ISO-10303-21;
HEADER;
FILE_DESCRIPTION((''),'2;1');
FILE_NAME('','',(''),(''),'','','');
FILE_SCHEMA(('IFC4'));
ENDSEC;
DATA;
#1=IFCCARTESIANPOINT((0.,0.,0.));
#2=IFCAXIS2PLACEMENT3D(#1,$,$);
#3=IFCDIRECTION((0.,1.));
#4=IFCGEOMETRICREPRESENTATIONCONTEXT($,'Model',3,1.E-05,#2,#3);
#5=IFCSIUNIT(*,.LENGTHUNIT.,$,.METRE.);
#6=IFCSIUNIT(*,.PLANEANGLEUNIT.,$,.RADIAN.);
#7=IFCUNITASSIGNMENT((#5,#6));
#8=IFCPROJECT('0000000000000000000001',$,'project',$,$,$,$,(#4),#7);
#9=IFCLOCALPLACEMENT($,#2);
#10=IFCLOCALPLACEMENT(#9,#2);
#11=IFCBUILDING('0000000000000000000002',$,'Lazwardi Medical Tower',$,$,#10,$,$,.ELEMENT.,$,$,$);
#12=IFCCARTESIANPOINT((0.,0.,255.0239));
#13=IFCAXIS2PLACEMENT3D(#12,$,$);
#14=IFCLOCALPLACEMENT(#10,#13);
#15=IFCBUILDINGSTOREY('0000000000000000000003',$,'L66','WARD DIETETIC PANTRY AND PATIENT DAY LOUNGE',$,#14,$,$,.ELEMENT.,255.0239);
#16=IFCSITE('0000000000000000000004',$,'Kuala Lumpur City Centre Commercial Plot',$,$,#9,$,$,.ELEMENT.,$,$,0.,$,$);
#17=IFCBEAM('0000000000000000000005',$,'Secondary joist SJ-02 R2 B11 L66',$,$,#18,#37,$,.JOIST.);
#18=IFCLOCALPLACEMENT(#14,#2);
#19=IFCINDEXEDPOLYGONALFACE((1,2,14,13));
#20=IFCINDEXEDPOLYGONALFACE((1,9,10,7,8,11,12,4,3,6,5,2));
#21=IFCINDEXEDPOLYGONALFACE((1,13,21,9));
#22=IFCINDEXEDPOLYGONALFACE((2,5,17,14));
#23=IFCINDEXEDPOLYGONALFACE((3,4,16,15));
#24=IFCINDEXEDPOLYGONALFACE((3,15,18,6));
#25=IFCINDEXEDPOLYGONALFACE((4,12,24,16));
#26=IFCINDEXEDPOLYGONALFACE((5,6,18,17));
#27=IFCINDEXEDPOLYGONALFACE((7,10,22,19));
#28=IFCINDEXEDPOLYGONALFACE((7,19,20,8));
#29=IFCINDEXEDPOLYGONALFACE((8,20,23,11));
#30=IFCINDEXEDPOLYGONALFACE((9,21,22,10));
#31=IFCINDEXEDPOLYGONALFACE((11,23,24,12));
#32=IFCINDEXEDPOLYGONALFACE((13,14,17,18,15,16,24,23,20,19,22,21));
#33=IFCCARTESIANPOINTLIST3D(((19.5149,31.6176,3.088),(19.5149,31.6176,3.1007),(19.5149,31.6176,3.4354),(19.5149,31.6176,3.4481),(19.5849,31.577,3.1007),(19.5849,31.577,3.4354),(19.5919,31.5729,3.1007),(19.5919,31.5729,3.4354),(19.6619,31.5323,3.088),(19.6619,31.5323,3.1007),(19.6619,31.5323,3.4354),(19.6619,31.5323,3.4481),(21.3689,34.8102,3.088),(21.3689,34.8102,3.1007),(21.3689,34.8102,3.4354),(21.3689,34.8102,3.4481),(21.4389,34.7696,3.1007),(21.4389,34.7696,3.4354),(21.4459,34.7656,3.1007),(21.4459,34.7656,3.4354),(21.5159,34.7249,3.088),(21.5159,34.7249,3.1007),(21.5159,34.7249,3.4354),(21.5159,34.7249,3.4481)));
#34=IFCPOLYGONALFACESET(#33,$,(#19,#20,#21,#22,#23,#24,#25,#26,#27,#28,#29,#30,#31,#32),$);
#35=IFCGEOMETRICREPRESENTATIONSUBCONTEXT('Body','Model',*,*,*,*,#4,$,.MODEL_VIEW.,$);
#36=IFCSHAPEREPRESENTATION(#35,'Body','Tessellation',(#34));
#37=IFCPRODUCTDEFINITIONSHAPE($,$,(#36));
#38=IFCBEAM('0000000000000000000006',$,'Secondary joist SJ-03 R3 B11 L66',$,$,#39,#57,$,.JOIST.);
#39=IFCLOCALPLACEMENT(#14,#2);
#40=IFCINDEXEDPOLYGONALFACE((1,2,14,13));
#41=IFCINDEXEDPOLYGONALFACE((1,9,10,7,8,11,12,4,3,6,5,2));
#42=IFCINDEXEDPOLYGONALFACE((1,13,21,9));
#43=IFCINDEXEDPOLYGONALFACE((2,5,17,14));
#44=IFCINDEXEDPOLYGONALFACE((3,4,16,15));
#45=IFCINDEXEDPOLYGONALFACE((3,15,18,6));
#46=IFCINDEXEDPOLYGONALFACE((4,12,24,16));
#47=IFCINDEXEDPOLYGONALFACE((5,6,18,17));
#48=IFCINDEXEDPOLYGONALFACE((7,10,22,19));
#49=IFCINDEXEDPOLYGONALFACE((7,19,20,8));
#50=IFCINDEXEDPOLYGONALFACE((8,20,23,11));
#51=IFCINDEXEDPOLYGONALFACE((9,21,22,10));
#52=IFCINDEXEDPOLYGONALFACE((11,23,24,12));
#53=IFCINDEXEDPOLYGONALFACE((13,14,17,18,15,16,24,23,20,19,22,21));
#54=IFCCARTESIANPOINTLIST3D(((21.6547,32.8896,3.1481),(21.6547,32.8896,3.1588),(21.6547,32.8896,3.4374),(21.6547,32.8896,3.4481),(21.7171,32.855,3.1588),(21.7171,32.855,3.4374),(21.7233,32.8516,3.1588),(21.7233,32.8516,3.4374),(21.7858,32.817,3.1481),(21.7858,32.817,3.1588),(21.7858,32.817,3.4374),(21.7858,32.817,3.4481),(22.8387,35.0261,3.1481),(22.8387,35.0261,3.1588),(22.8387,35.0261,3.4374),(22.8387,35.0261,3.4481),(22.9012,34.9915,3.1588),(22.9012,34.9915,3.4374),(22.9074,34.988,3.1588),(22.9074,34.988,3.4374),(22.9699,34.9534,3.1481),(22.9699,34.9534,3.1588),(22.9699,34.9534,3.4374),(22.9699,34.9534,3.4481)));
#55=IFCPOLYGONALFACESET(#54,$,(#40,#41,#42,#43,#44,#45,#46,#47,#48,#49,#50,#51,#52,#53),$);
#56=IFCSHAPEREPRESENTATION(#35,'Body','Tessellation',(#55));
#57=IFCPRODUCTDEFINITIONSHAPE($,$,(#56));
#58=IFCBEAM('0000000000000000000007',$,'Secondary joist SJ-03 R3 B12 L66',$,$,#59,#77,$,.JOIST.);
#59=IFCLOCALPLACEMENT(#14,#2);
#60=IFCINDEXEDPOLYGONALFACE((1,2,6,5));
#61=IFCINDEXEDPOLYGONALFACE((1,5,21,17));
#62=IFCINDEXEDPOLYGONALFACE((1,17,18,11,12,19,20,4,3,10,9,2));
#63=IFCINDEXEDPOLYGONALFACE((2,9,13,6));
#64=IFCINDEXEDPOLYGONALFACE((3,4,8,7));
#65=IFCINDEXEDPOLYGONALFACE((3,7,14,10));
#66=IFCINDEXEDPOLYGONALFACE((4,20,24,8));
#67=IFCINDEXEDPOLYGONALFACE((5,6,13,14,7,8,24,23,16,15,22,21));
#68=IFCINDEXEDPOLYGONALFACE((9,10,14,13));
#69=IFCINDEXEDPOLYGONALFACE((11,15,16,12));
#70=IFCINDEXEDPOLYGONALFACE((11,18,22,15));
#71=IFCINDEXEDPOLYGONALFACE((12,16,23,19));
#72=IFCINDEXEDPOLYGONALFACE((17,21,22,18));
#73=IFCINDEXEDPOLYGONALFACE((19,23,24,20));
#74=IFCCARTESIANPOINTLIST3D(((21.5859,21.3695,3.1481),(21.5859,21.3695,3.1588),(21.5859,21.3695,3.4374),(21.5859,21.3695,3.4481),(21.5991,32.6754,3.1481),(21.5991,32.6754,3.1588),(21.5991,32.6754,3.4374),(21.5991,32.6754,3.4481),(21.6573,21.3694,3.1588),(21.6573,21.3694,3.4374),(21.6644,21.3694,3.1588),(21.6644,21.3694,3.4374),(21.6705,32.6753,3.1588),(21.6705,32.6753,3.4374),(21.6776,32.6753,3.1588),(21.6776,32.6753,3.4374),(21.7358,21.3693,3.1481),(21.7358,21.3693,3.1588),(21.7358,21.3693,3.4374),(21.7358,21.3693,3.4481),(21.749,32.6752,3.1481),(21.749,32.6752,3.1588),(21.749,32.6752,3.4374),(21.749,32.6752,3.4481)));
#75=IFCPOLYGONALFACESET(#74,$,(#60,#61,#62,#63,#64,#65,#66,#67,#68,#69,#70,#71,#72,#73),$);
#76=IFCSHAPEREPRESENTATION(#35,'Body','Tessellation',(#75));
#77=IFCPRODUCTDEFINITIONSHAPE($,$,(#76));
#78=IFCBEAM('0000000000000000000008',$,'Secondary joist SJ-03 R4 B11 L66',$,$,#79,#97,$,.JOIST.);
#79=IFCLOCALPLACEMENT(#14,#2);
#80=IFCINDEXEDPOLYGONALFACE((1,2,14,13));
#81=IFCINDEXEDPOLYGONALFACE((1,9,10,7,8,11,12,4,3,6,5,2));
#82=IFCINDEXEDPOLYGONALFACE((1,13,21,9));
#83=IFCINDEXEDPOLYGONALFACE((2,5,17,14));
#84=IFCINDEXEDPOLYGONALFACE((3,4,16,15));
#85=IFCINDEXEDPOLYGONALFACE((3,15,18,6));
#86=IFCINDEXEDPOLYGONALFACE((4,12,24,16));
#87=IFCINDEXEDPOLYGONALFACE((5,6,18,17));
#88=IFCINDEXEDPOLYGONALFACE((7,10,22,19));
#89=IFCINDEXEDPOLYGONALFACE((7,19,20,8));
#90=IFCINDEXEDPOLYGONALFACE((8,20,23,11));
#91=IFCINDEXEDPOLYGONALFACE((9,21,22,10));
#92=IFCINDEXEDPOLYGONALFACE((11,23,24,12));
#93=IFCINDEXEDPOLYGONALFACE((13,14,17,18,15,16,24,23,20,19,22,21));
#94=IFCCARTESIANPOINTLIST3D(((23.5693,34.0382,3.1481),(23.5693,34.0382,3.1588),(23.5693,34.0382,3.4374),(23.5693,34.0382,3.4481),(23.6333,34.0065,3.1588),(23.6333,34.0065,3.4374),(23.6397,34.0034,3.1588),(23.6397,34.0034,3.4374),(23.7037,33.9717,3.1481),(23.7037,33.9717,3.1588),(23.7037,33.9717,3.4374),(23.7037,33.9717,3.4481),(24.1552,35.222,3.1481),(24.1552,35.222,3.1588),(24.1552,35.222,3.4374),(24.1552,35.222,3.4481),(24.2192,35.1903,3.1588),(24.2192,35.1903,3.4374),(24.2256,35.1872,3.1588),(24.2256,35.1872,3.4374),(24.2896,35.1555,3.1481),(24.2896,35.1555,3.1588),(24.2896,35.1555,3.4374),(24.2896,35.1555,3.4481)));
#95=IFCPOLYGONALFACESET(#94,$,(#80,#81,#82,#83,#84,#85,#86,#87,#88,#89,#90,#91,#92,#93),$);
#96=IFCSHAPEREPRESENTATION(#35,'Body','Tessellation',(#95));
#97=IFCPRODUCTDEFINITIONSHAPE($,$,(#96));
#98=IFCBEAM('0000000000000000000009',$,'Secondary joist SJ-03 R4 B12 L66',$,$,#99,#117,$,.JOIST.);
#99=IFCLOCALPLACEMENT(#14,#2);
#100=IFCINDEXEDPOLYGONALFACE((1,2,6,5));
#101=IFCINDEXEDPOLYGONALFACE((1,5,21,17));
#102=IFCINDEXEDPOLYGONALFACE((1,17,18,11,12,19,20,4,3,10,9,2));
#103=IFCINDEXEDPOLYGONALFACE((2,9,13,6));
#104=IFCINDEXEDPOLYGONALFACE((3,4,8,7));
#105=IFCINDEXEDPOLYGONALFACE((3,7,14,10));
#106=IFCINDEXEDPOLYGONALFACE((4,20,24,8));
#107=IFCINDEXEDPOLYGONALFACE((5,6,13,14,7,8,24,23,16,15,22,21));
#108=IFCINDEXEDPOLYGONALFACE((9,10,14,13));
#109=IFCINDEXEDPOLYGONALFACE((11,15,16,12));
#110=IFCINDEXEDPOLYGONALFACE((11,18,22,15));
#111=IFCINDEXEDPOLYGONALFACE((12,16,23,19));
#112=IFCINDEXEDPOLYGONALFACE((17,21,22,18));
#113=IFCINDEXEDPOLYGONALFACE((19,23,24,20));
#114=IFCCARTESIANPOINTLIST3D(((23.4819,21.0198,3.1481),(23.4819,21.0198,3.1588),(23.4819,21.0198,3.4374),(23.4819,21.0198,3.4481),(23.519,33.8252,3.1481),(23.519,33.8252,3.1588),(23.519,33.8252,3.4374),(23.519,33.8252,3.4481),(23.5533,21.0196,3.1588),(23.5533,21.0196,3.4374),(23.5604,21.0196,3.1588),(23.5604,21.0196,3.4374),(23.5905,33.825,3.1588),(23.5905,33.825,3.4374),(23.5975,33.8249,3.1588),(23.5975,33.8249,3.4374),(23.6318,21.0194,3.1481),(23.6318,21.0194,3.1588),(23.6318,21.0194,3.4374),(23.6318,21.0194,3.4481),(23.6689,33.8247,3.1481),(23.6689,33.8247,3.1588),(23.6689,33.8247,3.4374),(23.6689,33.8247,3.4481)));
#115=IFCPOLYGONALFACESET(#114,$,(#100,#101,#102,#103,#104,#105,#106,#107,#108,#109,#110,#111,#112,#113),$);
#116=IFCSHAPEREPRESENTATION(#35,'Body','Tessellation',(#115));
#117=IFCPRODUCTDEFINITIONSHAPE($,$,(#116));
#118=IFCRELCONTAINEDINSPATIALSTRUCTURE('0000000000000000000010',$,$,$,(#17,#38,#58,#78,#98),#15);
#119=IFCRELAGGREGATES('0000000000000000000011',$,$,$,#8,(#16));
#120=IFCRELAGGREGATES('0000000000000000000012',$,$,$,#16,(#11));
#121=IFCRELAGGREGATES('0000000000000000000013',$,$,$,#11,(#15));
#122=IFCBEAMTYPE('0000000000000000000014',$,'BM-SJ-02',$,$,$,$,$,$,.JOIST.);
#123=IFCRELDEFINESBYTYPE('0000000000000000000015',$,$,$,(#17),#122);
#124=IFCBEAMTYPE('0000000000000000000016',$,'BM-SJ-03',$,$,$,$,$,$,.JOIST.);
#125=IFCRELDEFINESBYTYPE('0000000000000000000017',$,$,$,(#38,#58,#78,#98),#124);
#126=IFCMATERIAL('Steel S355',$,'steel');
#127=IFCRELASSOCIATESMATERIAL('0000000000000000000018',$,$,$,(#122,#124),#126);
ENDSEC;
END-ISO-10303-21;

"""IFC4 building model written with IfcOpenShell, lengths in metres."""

from ifc_helpers import new_model, si_unit, direction, frame, origin, origin_2d, place, context, subcontext, project, spatial, i_section, extrude, material, material_profile, profile_set, type_object, element, save


model = new_model("IFC4")

# Units and contexts
model_context = context("Model", 3, precision=1e-05, world=origin(), true_north=direction((0.0, 1.0)))
body_context = subcontext(model_context, "Body", "Model", "MODEL_VIEW")
ifc_project = project(units=[si_unit("LENGTHUNIT", "METRE"), si_unit("PLANEANGLEUNIT", "RADIAN")], contexts=[model_context])

# Site, building, storey
site_placement = place(None, origin())
site = spatial("IfcSite", under=ifc_project, at=site_placement, Name="Kuala Lumpur City Centre Commercial Plot", CompositionType="ELEMENT", RefElevation=0.0)
building_placement = place(site_placement, origin())
building = spatial("IfcBuilding", under=site, at=building_placement, Name="Lazwardi Medical Tower", CompositionType="ELEMENT")
storey_placement = place(building_placement, frame((0.0, 0.0, 255.0239)))
storey = spatial("IfcBuildingStorey", under=building, at=storey_placement, Name="L66", Description="WARD DIETETIC PANTRY AND PATIENT DAY LOUNGE", CompositionType="ELEMENT", Elevation=255.0239)

# Beams
ifc_material_1 = material(Name="Steel S355", Category="steel")
ifc_material_profile_1 = material_profile(ifc_material_1, i_section(OverallWidth=0.1699, OverallDepth=0.3601, WebThickness=0.0081, FlangeThickness=0.0127, at=origin_2d()), Name="IPE 360")
ifc_profile_set_1 = profile_set([ifc_material_profile_1], Name="Steel S355")
beam_type_1 = type_object("IfcBeamType", Name="BM-SJ-02", PredefinedType="JOIST", material=ifc_profile_set_1)
beam_1_placement = place(storey_placement, frame((21.4424, 34.7676, 3.2681), z_axis=(-0.50218, -0.864763, 0.0), x_axis=(0.864763, -0.50218, 0.0)))
element("IfcBeam", 1, at=beam_1_placement, inside=storey, type_object=beam_type_1, Name="Secondary joist SJ-02 R2 B11 L66", PredefinedType="JOIST", context=body_context, shape_type="SweptSolid", body=[
    extrude(i_section(OverallWidth=0.1699, OverallDepth=0.3601, WebThickness=0.0081, FlangeThickness=0.0127, at=origin_2d()), origin(), (0.0, 0.0, 1.0), 3.6919),
])
ifc_material_profile_2 = material_profile(ifc_material_1, i_section(OverallWidth=0.1499, OverallDepth=0.3, WebThickness=0.0071, FlangeThickness=0.0107, at=origin_2d()), Name="IPE 300")
ifc_profile_set_2 = profile_set([ifc_material_profile_2], Name="Steel S355")
beam_type_2 = type_object("IfcBeamType", Name="BM-SJ-03", PredefinedType="JOIST", material=ifc_profile_set_2)
beam_2_placement = place(storey_placement, frame((22.9043, 34.9897, 3.2981), z_axis=(-0.484752, -0.874652, 0.0), x_axis=(0.874652, -0.484752, 0.0)))
element("IfcBeam", 2, at=beam_2_placement, inside=storey, type_object=beam_type_2, Name="Secondary joist SJ-03 R3 B11 L66", PredefinedType="JOIST", context=body_context, shape_type="SweptSolid", body=[
    extrude(i_section(OverallWidth=0.1499, OverallDepth=0.3, WebThickness=0.0071, FlangeThickness=0.0107, at=origin_2d()), origin(), (0.0, 0.0, 1.0), 2.4426),
])
beam_3_placement = place(storey_placement, frame((21.6741, 32.6753, 3.2981), z_axis=(-0.001166, -0.999999, 0.0), x_axis=(0.999999, -0.001166, 0.0)))
element("IfcBeam", 3, at=beam_3_placement, inside=storey, type_object=beam_type_2, Name="Secondary joist SJ-03 R3 B12 L66", PredefinedType="JOIST", context=body_context, shape_type="SweptSolid", body=[
    extrude(i_section(OverallWidth=0.1499, OverallDepth=0.3, WebThickness=0.0071, FlangeThickness=0.0107, at=origin_2d()), origin(), (0.0, 0.0, 1.0), 11.3059),
])
beam_4_placement = place(storey_placement, frame((24.2224, 35.1887, 3.2981), z_axis=(-0.443587, -0.896231, 0.0), x_axis=(0.896231, -0.443587, 0.0)))
element("IfcBeam", 4, at=beam_4_placement, inside=storey, type_object=beam_type_2, Name="Secondary joist SJ-03 R4 B11 L66", PredefinedType="JOIST", context=body_context, shape_type="SweptSolid", body=[
    extrude(i_section(OverallWidth=0.1499, OverallDepth=0.3, WebThickness=0.0071, FlangeThickness=0.0107, at=origin_2d()), origin(), (0.0, 0.0, 1.0), 1.3208),
])
beam_5_placement = place(storey_placement, frame((23.594, 33.825, 3.2981), z_axis=(-0.002898, -0.999996, 0.0), x_axis=(0.999996, -0.002898, 0.0)))
element("IfcBeam", 5, at=beam_5_placement, inside=storey, type_object=beam_type_2, Name="Secondary joist SJ-03 R4 B12 L66", PredefinedType="JOIST", context=body_context, shape_type="SweptSolid", body=[
    extrude(i_section(OverallWidth=0.1499, OverallDepth=0.3, WebThickness=0.0071, FlangeThickness=0.0107, at=origin_2d()), origin(), (0.0, 0.0, 1.0), 12.8054),
])

save(model, "model.ifc")
